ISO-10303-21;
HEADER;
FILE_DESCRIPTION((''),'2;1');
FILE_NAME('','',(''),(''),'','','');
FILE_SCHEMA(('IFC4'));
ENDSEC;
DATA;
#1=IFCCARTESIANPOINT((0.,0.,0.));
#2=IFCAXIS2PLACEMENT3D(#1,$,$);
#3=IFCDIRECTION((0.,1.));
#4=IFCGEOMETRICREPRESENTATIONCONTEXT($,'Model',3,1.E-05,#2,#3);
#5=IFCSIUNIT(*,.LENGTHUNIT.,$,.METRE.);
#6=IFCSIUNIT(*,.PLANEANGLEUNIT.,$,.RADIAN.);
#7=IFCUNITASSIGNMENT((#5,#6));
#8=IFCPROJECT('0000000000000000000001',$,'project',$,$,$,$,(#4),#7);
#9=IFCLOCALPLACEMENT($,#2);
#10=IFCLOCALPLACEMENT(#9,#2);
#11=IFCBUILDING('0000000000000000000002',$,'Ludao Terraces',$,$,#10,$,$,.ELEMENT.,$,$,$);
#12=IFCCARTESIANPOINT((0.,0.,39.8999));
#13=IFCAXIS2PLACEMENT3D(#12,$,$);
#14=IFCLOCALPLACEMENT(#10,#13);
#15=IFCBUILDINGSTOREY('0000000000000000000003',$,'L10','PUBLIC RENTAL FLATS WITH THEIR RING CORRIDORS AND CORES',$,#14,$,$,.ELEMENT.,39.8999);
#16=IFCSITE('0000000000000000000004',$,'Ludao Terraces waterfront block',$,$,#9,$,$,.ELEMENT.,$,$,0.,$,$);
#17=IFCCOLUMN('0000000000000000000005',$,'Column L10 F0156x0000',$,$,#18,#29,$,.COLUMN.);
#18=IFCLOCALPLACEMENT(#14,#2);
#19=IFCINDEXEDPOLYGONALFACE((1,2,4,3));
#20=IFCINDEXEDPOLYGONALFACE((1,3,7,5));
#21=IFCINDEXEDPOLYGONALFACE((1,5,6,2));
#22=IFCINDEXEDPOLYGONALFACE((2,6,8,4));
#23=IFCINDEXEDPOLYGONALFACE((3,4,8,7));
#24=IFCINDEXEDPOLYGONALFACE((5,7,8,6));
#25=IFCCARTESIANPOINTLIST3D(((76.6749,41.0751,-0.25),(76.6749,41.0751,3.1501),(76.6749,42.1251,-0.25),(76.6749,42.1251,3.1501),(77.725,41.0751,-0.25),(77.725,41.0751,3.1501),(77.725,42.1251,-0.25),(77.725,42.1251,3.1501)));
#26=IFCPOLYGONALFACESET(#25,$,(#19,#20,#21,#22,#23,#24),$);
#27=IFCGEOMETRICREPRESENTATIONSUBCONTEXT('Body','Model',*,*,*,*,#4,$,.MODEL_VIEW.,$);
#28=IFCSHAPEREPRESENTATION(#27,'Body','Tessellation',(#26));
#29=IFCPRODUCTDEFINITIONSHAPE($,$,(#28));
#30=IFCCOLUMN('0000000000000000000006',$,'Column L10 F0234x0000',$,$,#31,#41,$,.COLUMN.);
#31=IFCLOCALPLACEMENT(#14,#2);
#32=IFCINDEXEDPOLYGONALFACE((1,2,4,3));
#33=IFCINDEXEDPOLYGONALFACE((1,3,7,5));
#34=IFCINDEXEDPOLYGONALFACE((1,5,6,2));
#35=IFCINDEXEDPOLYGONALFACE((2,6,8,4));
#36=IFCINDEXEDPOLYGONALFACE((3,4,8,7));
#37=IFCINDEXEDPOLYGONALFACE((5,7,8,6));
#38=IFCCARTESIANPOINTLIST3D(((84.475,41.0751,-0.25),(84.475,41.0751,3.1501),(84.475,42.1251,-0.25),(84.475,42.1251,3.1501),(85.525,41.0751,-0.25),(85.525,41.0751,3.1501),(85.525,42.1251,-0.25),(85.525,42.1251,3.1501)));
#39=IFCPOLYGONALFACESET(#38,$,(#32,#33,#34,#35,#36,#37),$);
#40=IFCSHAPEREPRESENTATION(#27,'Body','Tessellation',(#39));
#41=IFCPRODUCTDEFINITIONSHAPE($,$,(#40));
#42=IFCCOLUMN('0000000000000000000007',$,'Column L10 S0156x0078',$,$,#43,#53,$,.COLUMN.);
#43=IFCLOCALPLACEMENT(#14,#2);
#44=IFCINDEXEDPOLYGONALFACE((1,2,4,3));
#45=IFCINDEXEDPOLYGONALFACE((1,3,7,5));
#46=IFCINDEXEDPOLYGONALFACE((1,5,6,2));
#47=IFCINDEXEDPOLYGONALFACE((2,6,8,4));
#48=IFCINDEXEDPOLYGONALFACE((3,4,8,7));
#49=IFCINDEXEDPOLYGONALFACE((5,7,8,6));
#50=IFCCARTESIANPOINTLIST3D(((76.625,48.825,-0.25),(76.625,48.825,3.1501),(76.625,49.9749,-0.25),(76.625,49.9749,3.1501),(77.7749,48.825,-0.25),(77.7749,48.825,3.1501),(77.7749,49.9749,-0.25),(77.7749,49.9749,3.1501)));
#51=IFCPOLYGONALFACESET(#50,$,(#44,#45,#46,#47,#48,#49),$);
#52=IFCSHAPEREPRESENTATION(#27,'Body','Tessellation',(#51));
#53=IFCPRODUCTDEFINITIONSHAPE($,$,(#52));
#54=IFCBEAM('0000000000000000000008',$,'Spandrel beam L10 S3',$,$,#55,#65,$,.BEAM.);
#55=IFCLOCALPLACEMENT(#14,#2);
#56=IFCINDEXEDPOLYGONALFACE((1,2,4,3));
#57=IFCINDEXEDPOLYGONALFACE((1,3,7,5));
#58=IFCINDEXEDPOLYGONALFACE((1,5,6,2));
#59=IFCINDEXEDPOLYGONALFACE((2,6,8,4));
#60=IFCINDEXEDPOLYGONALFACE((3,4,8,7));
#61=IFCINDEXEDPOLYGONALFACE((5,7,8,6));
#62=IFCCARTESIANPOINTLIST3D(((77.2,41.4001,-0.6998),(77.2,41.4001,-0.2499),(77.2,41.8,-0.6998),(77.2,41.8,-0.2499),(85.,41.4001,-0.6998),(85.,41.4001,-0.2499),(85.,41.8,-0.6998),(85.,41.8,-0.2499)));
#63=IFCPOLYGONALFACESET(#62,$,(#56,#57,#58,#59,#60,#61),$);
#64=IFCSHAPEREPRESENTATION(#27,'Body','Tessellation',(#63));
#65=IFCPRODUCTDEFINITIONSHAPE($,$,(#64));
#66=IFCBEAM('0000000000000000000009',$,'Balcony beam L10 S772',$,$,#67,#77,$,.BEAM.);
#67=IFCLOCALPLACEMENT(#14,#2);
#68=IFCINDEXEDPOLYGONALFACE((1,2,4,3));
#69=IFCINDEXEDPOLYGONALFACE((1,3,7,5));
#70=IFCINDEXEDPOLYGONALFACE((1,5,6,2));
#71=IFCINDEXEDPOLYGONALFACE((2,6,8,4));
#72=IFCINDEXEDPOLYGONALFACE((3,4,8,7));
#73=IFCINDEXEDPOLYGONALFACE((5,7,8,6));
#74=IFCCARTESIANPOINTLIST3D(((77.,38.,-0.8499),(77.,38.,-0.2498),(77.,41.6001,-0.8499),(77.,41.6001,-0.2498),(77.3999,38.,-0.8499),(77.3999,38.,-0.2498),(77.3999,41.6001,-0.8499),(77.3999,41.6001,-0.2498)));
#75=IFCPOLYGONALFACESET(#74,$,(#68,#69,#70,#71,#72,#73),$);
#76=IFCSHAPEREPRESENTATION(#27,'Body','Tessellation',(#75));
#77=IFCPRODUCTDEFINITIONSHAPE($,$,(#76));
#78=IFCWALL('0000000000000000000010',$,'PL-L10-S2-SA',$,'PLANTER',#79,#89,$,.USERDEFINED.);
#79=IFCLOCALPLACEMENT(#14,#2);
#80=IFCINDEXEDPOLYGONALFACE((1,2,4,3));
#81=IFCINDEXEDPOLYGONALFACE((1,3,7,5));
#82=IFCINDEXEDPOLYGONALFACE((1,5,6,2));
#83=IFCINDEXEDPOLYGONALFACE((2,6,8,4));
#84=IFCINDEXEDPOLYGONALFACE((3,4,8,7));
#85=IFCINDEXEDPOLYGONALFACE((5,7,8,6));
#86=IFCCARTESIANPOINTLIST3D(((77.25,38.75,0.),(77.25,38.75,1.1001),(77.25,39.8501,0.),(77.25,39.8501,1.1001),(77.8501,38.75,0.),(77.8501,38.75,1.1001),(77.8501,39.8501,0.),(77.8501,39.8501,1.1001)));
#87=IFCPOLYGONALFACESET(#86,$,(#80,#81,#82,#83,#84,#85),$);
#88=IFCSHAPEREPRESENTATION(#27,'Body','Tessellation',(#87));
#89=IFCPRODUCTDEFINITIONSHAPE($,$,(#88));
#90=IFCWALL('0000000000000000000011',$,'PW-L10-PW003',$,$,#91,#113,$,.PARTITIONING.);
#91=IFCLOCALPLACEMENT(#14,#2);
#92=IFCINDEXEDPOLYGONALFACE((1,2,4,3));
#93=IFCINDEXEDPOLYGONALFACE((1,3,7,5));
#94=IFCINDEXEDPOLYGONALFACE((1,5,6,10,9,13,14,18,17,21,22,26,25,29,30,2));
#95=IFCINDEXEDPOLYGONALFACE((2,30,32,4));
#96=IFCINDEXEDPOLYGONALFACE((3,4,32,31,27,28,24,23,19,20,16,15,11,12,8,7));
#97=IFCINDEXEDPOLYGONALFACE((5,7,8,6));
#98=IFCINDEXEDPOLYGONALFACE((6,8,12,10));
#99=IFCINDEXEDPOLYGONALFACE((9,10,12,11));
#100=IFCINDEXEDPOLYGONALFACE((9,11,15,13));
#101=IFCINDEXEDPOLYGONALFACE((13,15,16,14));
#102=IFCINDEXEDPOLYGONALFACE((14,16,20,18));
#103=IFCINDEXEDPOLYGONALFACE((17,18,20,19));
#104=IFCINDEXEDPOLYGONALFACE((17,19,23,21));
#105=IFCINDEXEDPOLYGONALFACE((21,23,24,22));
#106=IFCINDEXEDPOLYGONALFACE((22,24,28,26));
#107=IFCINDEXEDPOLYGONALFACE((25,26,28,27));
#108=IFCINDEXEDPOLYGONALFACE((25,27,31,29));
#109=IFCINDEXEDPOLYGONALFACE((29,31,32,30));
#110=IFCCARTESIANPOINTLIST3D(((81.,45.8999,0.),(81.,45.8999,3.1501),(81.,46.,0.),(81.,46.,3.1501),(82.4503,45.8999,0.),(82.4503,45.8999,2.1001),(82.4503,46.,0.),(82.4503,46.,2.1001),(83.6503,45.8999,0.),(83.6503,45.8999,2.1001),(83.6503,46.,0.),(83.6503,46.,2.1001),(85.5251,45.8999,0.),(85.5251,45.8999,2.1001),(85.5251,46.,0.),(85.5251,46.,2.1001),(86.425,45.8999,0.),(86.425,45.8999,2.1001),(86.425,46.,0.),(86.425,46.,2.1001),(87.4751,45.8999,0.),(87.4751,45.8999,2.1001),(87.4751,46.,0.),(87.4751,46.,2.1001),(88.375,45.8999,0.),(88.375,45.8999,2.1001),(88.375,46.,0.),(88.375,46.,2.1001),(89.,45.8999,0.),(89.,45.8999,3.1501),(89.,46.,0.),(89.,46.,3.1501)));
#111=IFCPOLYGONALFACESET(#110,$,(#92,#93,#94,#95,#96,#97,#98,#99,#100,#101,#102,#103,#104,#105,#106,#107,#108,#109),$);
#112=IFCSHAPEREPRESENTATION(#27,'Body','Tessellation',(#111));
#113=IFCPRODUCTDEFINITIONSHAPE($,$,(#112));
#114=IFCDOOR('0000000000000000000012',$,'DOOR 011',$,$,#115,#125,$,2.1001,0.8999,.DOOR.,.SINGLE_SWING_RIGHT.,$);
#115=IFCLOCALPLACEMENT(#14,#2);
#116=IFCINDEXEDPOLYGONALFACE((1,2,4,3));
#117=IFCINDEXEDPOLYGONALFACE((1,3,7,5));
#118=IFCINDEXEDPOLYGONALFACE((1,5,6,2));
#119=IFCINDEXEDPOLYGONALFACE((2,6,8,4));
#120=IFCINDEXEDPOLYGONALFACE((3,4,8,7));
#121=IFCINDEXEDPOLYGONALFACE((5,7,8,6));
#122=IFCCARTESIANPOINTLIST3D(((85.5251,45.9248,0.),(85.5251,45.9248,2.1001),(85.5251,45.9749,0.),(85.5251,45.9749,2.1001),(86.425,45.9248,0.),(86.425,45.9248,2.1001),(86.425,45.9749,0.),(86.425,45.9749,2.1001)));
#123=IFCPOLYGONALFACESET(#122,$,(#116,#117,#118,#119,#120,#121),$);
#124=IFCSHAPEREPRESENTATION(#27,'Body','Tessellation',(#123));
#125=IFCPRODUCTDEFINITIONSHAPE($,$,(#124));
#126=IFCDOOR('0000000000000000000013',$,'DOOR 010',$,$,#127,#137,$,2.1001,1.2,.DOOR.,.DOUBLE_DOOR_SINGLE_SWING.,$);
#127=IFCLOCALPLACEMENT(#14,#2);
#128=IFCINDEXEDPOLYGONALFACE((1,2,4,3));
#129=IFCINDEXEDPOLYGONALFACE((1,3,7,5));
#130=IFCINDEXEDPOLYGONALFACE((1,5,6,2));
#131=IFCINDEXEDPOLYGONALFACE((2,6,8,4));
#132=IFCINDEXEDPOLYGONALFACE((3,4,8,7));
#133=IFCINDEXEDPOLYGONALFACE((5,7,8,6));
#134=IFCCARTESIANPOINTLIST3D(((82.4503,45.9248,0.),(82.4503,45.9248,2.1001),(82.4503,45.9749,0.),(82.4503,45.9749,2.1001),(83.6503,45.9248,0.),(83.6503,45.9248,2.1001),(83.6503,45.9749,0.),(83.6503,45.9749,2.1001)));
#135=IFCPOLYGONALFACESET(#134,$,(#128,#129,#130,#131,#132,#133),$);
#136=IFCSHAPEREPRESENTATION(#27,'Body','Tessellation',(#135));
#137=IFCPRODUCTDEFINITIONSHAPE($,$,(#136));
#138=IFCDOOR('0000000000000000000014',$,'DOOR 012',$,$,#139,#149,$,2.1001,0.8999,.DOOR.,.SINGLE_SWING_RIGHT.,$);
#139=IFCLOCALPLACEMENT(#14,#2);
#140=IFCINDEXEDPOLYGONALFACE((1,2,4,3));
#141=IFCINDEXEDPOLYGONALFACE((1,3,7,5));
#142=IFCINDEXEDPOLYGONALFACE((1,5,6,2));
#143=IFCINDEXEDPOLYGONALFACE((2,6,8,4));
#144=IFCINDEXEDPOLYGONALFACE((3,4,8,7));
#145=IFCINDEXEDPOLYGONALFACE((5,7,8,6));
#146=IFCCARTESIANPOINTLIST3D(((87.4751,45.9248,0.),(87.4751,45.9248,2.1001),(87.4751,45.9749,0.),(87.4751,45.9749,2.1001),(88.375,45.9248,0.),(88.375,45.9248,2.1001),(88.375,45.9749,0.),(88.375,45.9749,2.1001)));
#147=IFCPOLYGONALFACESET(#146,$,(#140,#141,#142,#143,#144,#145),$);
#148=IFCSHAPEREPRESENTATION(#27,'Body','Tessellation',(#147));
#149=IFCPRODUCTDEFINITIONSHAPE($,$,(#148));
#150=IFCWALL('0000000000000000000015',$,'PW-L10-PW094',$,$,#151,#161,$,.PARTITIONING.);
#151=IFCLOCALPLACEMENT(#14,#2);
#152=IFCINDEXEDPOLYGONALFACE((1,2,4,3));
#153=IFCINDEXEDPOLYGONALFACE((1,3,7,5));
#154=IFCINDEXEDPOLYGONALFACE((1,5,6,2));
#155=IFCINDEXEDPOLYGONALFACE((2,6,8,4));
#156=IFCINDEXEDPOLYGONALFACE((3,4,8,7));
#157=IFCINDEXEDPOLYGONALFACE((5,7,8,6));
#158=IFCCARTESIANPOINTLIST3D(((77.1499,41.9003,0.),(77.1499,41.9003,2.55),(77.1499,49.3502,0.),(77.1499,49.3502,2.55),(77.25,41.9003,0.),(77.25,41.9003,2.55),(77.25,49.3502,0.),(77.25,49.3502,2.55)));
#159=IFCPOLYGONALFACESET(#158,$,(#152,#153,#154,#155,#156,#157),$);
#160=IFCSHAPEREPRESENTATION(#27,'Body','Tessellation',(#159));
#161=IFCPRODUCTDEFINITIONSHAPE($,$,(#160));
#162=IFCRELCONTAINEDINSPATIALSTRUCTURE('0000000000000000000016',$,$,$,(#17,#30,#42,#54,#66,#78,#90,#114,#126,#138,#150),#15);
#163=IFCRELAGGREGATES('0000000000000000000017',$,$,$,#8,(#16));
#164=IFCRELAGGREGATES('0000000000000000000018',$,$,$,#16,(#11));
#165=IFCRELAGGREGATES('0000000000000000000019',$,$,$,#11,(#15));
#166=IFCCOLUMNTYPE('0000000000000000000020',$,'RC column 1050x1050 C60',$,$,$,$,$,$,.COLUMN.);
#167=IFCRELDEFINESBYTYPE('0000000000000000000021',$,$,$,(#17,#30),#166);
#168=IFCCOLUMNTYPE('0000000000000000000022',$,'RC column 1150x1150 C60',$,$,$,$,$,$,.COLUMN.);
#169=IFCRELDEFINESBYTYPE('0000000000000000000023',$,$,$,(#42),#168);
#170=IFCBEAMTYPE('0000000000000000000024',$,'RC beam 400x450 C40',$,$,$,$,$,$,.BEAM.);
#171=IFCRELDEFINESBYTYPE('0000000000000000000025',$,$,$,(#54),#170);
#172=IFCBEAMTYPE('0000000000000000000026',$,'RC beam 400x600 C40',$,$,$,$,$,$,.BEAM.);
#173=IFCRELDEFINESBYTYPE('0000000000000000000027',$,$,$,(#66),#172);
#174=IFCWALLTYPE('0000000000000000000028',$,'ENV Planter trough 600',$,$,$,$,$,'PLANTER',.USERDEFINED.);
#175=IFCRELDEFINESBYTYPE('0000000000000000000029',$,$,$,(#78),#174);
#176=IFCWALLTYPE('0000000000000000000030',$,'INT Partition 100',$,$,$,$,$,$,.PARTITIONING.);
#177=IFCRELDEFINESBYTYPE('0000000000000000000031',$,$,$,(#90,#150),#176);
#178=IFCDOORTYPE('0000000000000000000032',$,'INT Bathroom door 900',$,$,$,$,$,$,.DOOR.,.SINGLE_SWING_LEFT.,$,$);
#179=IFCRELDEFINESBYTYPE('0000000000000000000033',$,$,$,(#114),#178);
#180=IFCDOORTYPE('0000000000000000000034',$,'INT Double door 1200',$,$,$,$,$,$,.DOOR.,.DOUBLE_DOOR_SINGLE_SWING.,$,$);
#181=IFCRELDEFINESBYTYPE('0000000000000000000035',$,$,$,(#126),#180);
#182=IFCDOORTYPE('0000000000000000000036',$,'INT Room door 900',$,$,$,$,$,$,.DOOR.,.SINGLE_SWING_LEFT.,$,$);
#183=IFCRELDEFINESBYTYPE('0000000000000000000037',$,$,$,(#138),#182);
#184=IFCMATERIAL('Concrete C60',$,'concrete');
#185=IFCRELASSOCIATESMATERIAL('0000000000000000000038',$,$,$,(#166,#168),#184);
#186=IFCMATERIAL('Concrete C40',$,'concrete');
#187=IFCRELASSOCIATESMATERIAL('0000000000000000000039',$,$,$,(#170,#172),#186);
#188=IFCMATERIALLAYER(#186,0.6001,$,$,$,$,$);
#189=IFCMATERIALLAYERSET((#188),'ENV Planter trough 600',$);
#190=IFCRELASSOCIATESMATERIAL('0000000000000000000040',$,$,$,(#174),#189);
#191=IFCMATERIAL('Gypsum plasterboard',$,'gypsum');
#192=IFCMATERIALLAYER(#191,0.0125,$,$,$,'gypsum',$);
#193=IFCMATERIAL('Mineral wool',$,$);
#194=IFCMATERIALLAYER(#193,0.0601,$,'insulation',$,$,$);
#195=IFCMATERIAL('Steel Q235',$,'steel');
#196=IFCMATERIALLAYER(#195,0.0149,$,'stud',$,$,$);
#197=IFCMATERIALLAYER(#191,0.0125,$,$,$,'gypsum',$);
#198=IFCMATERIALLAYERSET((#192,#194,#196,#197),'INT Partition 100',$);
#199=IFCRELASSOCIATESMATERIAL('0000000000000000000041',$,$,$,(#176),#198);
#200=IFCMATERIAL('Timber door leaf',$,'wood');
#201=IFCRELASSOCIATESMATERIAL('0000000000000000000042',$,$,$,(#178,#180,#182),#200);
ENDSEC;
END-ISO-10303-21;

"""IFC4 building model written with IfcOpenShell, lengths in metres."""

from ifc_helpers import new_model, si_unit, direction, frame, frame_2d, origin, origin_2d, place, context, subcontext, project, spatial, rectangle, extrude, material, layer, layer_set, material_profile, profile_set, type_object, element, fill, save


model = new_model("IFC4")

# Units and contexts
model_context = context("Model", 3, precision=1e-05, world=origin(), true_north=direction((0.0, 1.0)))
body_context = subcontext(model_context, "Body", "Model", "MODEL_VIEW")
ifc_project = project(units=[si_unit("LENGTHUNIT", "METRE"), si_unit("PLANEANGLEUNIT", "RADIAN")], contexts=[model_context])

# Site, building, storey
site_placement = place(None, origin())
site = spatial("IfcSite", under=ifc_project, at=site_placement, Name="Ludao Terraces waterfront block", CompositionType="ELEMENT", RefElevation=0.0)
building_placement = place(site_placement, origin())
building = spatial("IfcBuilding", under=site, at=building_placement, Name="Ludao Terraces", CompositionType="ELEMENT")
storey_placement = place(building_placement, frame((0.0, 0.0, 39.8999)))
storey = spatial("IfcBuildingStorey", under=building, at=storey_placement, Name="L10", Description="PUBLIC RENTAL FLATS WITH THEIR RING CORRIDORS AND CORES", CompositionType="ELEMENT", Elevation=39.8999)

# Columns
ifc_material_1 = material(Name="Concrete C60", Category="concrete")
ifc_material_profile_1 = material_profile(ifc_material_1, rectangle(XDim=1.05, YDim=1.05, at=origin_2d()), Name="1050 X 1050")
ifc_profile_set_1 = profile_set([ifc_material_profile_1], Name="Concrete C60")
column_type_1 = type_object("IfcColumnType", Name="RC column 1050x1050 C60", PredefinedType="COLUMN", material=ifc_profile_set_1)
for number, where, z_axis, x_axis, name in (
    (1, (77.2, 41.6001, -0.25), (0.0, 0.0, 1.0), (1.0, 0.0, 0.0), "Column L10 F0156x0000"),
    (2, (85.0, 41.6001, -0.25), (0.0, 0.0, 1.0), (1.0, 0.0, 0.0), "Column L10 F0234x0000"),
):
    element("IfcColumn", number, at=place(storey_placement, frame(where, z_axis=z_axis, x_axis=x_axis)), inside=storey, type_object=column_type_1, Name=name, PredefinedType="COLUMN", context=body_context, shape_type="SweptSolid", body=[
        extrude(rectangle(XDim=1.05, YDim=1.05, at=origin_2d()), origin(), (0.0, 0.0, 1.0), 3.4001),
    ])
ifc_material_profile_2 = material_profile(ifc_material_1, rectangle(XDim=1.1499, YDim=1.1499, at=origin_2d()), Name="1150 X 1150")
ifc_profile_set_2 = profile_set([ifc_material_profile_2], Name="Concrete C60")
column_type_2 = type_object("IfcColumnType", Name="RC column 1150x1150 C60", PredefinedType="COLUMN", material=ifc_profile_set_2)
column_placement = place(storey_placement, frame((77.2, 49.3999, -0.25), z_axis=(0.0, 0.0, 1.0), x_axis=(1.0, 0.0, 0.0)))
element("IfcColumn", 3, at=column_placement, inside=storey, type_object=column_type_2, Name="Column L10 S0156x0078", PredefinedType="COLUMN", context=body_context, shape_type="SweptSolid", body=[
    extrude(rectangle(XDim=1.1499, YDim=1.1499, at=origin_2d()), origin(), (0.0, 0.0, 1.0), 3.4001),
])

# Beams
ifc_material_2 = material(Name="Concrete C40", Category="concrete")
ifc_material_profile_3 = material_profile(ifc_material_2, rectangle(XDim=0.3999, YDim=0.45, at=origin_2d()), Name="400 X 450")
ifc_profile_set_3 = profile_set([ifc_material_profile_3], Name="Concrete C40")
beam_type_1 = type_object("IfcBeamType", Name="RC beam 400x450 C40", PredefinedType="BEAM", material=ifc_profile_set_3)
beam_1_placement = place(storey_placement, frame((77.2, 41.6001, -0.4749), z_axis=(1.0, 0.0, 0.0), x_axis=(0.0, 1.0, 0.0)))
element("IfcBeam", 4, at=beam_1_placement, inside=storey, type_object=beam_type_1, Name="Spandrel beam L10 S3", PredefinedType="BEAM", context=body_context, shape_type="SweptSolid", body=[
    extrude(rectangle(XDim=0.3999, YDim=0.45, at=origin_2d()), origin(), (0.0, 0.0, 1.0), 7.8),
])
ifc_material_profile_4 = material_profile(ifc_material_2, rectangle(XDim=0.3999, YDim=0.6001, at=origin_2d()), Name="400 X 600")
ifc_profile_set_4 = profile_set([ifc_material_profile_4], Name="Concrete C40")
beam_type_2 = type_object("IfcBeamType", Name="RC beam 400x600 C40", PredefinedType="BEAM", material=ifc_profile_set_4)
beam_2_placement = place(storey_placement, frame((77.2, 41.6001, -0.5498), z_axis=(0.0, -1.0, 0.0), x_axis=(1.0, 0.0, 0.0)))
element("IfcBeam", 5, at=beam_2_placement, inside=storey, type_object=beam_type_2, Name="Balcony beam L10 S772", PredefinedType="BEAM", context=body_context, shape_type="SweptSolid", body=[
    extrude(rectangle(XDim=0.3999, YDim=0.6001, at=origin_2d()), origin(), (0.0, 0.0, 1.0), 3.6001),
])

# Wall
ifc_layer_1 = layer(ifc_material_2, 0.6001)
ifc_layer_set_1 = layer_set([ifc_layer_1], Name="ENV Planter trough 600")
wall_type_1 = type_object("IfcWallType", Name="ENV Planter trough 600", ElementType="PLANTER", PredefinedType="USERDEFINED", material=ifc_layer_set_1)
wall_1_placement = place(storey_placement, frame((77.55, 38.75, 0.0), z_axis=(0.0, 0.0, 1.0), x_axis=(0.0, 1.0, 0.0)))
element("IfcWall", 6, at=wall_1_placement, inside=storey, type_object=wall_type_1, Name="PL-L10-S2-SA", ObjectType="PLANTER", PredefinedType="USERDEFINED", context=body_context, shape_type="SweptSolid", body=[
    extrude(rectangle(XDim=1.1001, YDim=0.6001, at=frame_2d((0.55, 0.0))), origin(), (0.0, 0.0, 1.0), 1.1001),
])

# Shared definitions
ifc_material_3 = material(Name="Mineral wool")

# Wall, openings, doors
ifc_material_4 = material(Name="Gypsum plasterboard", Category="gypsum")
ifc_layer_2 = layer(ifc_material_4, 0.0125, Category="gypsum")
ifc_layer_3 = layer(ifc_material_3, 0.0601, Name="insulation")
ifc_material_5 = material(Name="Steel Q235", Category="steel")
ifc_layer_4 = layer(ifc_material_5, 0.0149, Name="stud")
ifc_layer_5 = layer(ifc_material_4, 0.0125, Category="gypsum")
ifc_layer_set_2 = layer_set([ifc_layer_2, ifc_layer_3, ifc_layer_4, ifc_layer_5], Name="INT Partition 100")
wall_type_2 = type_object("IfcWallType", Name="INT Partition 100", PredefinedType="PARTITIONING", material=ifc_layer_set_2)
wall_2_placement = place(storey_placement, frame((81.0, 45.95, 0.0), z_axis=(0.0, 0.0, 1.0), x_axis=(1.0, 0.0, 0.0)))
wall_2 = element("IfcWall", 7, at=wall_2_placement, inside=storey, type_object=wall_type_2, Name="PW-L10-PW003", PredefinedType="PARTITIONING", context=body_context, shape_type="SweptSolid", body=[
    extrude(rectangle(XDim=8.0, YDim=0.1001, at=frame_2d((4.0, 0.0))), origin(), (0.0, 0.0, 1.0), 3.1501),
])
opening_1_placement = place(wall_2_placement, frame((1.4502, 0.0, 0.0)))
opening_1 = element("IfcOpeningElement", 8, at=opening_1_placement, cuts=wall_2, PredefinedType="OPENING", context=body_context, shape_type="SweptSolid", body=[
    extrude(rectangle(XDim=1.2, YDim=2.1001, at=frame_2d((0.6001, 1.05))), frame((0.0, 0.0601, 0.0), z_axis=(0.0, -1.0, 0.0), x_axis=(1.0, 0.0, 0.0)), (0.0, 0.0, 1.0), 0.1201),
])
opening_2_placement = place(wall_2_placement, frame((4.5251, 0.0, 0.0)))
opening_2 = element("IfcOpeningElement", 9, at=opening_2_placement, cuts=wall_2, PredefinedType="OPENING", context=body_context, shape_type="SweptSolid", body=[
    extrude(rectangle(XDim=0.8999, YDim=2.1001, at=frame_2d((0.45, 1.05))), frame((0.0, 0.0601, 0.0), z_axis=(0.0, -1.0, 0.0), x_axis=(1.0, 0.0, 0.0)), (0.0, 0.0, 1.0), 0.1201),
])
opening_3_placement = place(wall_2_placement, frame((6.4751, 0.0, 0.0)))
opening_3 = element("IfcOpeningElement", 10, at=opening_3_placement, cuts=wall_2, PredefinedType="OPENING", context=body_context, shape_type="SweptSolid", body=[
    extrude(rectangle(XDim=0.8999, YDim=2.1001, at=frame_2d((0.45, 1.05))), frame((0.0, 0.0601, 0.0), z_axis=(0.0, -1.0, 0.0), x_axis=(1.0, 0.0, 0.0)), (0.0, 0.0, 1.0), 0.1201),
])
ifc_material_6 = material(Name="Timber door leaf", Category="wood")
door_type_1 = type_object("IfcDoorType", Name="INT Bathroom door 900", OperationType="SINGLE_SWING_LEFT", PredefinedType="DOOR", material=ifc_material_6)
door_1_placement = place(opening_2_placement, origin())
door_1 = element("IfcDoor", 11, at=door_1_placement, inside=storey, type_object=door_type_1, Name="DOOR 011", OperationType="SINGLE_SWING_RIGHT", OverallHeight=2.1001, OverallWidth=0.8999, PredefinedType="DOOR", context=body_context, shape_type="SweptSolid", body=[
    extrude(rectangle(XDim=0.8999, YDim=2.1001, at=frame_2d((0.45, 1.05))), frame((0.0, 0.0249, 0.0), z_axis=(0.0, -1.0, 0.0), x_axis=(1.0, 0.0, 0.0)), (0.0, 0.0, 1.0), 0.05),
])
fill(opening_2, door_1)
door_type_2 = type_object("IfcDoorType", Name="INT Double door 1200", OperationType="DOUBLE_DOOR_SINGLE_SWING", PredefinedType="DOOR", material=ifc_material_6)
door_2_placement = place(opening_1_placement, origin())
door_2 = element("IfcDoor", 12, at=door_2_placement, inside=storey, type_object=door_type_2, Name="DOOR 010", OperationType="DOUBLE_DOOR_SINGLE_SWING", OverallHeight=2.1001, OverallWidth=1.2, PredefinedType="DOOR", context=body_context, shape_type="SweptSolid", body=[
    extrude(rectangle(XDim=1.2, YDim=2.1001, at=frame_2d((0.6001, 1.05))), frame((0.0, 0.0249, 0.0), z_axis=(0.0, -1.0, 0.0), x_axis=(1.0, 0.0, 0.0)), (0.0, 0.0, 1.0), 0.05),
])
fill(opening_1, door_2)
door_type_3 = type_object("IfcDoorType", Name="INT Room door 900", OperationType="SINGLE_SWING_LEFT", PredefinedType="DOOR", material=ifc_material_6)
door_3_placement = place(opening_3_placement, origin())
door_3 = element("IfcDoor", 13, at=door_3_placement, inside=storey, type_object=door_type_3, Name="DOOR 012", OperationType="SINGLE_SWING_RIGHT", OverallHeight=2.1001, OverallWidth=0.8999, PredefinedType="DOOR", context=body_context, shape_type="SweptSolid", body=[
    extrude(rectangle(XDim=0.8999, YDim=2.1001, at=frame_2d((0.45, 1.05))), frame((0.0, 0.0249, 0.0), z_axis=(0.0, -1.0, 0.0), x_axis=(1.0, 0.0, 0.0)), (0.0, 0.0, 1.0), 0.05),
])
fill(opening_3, door_3)

# Wall
wall_3_placement = place(storey_placement, frame((77.2, 41.9001, 0.0), z_axis=(0.0, 0.0, 1.0), x_axis=(0.0, 1.0, 0.0)))
element("IfcWall", 14, at=wall_3_placement, inside=storey, type_object=wall_type_2, Name="PW-L10-PW094", PredefinedType="PARTITIONING", context=body_context, shape_type="SweptSolid", body=[
    extrude(rectangle(XDim=7.45, YDim=0.1001, at=frame_2d((3.7251, 0.0))), origin(), (0.0, 0.0, 1.0), 2.55),
])

save(model, "model.ifc")
